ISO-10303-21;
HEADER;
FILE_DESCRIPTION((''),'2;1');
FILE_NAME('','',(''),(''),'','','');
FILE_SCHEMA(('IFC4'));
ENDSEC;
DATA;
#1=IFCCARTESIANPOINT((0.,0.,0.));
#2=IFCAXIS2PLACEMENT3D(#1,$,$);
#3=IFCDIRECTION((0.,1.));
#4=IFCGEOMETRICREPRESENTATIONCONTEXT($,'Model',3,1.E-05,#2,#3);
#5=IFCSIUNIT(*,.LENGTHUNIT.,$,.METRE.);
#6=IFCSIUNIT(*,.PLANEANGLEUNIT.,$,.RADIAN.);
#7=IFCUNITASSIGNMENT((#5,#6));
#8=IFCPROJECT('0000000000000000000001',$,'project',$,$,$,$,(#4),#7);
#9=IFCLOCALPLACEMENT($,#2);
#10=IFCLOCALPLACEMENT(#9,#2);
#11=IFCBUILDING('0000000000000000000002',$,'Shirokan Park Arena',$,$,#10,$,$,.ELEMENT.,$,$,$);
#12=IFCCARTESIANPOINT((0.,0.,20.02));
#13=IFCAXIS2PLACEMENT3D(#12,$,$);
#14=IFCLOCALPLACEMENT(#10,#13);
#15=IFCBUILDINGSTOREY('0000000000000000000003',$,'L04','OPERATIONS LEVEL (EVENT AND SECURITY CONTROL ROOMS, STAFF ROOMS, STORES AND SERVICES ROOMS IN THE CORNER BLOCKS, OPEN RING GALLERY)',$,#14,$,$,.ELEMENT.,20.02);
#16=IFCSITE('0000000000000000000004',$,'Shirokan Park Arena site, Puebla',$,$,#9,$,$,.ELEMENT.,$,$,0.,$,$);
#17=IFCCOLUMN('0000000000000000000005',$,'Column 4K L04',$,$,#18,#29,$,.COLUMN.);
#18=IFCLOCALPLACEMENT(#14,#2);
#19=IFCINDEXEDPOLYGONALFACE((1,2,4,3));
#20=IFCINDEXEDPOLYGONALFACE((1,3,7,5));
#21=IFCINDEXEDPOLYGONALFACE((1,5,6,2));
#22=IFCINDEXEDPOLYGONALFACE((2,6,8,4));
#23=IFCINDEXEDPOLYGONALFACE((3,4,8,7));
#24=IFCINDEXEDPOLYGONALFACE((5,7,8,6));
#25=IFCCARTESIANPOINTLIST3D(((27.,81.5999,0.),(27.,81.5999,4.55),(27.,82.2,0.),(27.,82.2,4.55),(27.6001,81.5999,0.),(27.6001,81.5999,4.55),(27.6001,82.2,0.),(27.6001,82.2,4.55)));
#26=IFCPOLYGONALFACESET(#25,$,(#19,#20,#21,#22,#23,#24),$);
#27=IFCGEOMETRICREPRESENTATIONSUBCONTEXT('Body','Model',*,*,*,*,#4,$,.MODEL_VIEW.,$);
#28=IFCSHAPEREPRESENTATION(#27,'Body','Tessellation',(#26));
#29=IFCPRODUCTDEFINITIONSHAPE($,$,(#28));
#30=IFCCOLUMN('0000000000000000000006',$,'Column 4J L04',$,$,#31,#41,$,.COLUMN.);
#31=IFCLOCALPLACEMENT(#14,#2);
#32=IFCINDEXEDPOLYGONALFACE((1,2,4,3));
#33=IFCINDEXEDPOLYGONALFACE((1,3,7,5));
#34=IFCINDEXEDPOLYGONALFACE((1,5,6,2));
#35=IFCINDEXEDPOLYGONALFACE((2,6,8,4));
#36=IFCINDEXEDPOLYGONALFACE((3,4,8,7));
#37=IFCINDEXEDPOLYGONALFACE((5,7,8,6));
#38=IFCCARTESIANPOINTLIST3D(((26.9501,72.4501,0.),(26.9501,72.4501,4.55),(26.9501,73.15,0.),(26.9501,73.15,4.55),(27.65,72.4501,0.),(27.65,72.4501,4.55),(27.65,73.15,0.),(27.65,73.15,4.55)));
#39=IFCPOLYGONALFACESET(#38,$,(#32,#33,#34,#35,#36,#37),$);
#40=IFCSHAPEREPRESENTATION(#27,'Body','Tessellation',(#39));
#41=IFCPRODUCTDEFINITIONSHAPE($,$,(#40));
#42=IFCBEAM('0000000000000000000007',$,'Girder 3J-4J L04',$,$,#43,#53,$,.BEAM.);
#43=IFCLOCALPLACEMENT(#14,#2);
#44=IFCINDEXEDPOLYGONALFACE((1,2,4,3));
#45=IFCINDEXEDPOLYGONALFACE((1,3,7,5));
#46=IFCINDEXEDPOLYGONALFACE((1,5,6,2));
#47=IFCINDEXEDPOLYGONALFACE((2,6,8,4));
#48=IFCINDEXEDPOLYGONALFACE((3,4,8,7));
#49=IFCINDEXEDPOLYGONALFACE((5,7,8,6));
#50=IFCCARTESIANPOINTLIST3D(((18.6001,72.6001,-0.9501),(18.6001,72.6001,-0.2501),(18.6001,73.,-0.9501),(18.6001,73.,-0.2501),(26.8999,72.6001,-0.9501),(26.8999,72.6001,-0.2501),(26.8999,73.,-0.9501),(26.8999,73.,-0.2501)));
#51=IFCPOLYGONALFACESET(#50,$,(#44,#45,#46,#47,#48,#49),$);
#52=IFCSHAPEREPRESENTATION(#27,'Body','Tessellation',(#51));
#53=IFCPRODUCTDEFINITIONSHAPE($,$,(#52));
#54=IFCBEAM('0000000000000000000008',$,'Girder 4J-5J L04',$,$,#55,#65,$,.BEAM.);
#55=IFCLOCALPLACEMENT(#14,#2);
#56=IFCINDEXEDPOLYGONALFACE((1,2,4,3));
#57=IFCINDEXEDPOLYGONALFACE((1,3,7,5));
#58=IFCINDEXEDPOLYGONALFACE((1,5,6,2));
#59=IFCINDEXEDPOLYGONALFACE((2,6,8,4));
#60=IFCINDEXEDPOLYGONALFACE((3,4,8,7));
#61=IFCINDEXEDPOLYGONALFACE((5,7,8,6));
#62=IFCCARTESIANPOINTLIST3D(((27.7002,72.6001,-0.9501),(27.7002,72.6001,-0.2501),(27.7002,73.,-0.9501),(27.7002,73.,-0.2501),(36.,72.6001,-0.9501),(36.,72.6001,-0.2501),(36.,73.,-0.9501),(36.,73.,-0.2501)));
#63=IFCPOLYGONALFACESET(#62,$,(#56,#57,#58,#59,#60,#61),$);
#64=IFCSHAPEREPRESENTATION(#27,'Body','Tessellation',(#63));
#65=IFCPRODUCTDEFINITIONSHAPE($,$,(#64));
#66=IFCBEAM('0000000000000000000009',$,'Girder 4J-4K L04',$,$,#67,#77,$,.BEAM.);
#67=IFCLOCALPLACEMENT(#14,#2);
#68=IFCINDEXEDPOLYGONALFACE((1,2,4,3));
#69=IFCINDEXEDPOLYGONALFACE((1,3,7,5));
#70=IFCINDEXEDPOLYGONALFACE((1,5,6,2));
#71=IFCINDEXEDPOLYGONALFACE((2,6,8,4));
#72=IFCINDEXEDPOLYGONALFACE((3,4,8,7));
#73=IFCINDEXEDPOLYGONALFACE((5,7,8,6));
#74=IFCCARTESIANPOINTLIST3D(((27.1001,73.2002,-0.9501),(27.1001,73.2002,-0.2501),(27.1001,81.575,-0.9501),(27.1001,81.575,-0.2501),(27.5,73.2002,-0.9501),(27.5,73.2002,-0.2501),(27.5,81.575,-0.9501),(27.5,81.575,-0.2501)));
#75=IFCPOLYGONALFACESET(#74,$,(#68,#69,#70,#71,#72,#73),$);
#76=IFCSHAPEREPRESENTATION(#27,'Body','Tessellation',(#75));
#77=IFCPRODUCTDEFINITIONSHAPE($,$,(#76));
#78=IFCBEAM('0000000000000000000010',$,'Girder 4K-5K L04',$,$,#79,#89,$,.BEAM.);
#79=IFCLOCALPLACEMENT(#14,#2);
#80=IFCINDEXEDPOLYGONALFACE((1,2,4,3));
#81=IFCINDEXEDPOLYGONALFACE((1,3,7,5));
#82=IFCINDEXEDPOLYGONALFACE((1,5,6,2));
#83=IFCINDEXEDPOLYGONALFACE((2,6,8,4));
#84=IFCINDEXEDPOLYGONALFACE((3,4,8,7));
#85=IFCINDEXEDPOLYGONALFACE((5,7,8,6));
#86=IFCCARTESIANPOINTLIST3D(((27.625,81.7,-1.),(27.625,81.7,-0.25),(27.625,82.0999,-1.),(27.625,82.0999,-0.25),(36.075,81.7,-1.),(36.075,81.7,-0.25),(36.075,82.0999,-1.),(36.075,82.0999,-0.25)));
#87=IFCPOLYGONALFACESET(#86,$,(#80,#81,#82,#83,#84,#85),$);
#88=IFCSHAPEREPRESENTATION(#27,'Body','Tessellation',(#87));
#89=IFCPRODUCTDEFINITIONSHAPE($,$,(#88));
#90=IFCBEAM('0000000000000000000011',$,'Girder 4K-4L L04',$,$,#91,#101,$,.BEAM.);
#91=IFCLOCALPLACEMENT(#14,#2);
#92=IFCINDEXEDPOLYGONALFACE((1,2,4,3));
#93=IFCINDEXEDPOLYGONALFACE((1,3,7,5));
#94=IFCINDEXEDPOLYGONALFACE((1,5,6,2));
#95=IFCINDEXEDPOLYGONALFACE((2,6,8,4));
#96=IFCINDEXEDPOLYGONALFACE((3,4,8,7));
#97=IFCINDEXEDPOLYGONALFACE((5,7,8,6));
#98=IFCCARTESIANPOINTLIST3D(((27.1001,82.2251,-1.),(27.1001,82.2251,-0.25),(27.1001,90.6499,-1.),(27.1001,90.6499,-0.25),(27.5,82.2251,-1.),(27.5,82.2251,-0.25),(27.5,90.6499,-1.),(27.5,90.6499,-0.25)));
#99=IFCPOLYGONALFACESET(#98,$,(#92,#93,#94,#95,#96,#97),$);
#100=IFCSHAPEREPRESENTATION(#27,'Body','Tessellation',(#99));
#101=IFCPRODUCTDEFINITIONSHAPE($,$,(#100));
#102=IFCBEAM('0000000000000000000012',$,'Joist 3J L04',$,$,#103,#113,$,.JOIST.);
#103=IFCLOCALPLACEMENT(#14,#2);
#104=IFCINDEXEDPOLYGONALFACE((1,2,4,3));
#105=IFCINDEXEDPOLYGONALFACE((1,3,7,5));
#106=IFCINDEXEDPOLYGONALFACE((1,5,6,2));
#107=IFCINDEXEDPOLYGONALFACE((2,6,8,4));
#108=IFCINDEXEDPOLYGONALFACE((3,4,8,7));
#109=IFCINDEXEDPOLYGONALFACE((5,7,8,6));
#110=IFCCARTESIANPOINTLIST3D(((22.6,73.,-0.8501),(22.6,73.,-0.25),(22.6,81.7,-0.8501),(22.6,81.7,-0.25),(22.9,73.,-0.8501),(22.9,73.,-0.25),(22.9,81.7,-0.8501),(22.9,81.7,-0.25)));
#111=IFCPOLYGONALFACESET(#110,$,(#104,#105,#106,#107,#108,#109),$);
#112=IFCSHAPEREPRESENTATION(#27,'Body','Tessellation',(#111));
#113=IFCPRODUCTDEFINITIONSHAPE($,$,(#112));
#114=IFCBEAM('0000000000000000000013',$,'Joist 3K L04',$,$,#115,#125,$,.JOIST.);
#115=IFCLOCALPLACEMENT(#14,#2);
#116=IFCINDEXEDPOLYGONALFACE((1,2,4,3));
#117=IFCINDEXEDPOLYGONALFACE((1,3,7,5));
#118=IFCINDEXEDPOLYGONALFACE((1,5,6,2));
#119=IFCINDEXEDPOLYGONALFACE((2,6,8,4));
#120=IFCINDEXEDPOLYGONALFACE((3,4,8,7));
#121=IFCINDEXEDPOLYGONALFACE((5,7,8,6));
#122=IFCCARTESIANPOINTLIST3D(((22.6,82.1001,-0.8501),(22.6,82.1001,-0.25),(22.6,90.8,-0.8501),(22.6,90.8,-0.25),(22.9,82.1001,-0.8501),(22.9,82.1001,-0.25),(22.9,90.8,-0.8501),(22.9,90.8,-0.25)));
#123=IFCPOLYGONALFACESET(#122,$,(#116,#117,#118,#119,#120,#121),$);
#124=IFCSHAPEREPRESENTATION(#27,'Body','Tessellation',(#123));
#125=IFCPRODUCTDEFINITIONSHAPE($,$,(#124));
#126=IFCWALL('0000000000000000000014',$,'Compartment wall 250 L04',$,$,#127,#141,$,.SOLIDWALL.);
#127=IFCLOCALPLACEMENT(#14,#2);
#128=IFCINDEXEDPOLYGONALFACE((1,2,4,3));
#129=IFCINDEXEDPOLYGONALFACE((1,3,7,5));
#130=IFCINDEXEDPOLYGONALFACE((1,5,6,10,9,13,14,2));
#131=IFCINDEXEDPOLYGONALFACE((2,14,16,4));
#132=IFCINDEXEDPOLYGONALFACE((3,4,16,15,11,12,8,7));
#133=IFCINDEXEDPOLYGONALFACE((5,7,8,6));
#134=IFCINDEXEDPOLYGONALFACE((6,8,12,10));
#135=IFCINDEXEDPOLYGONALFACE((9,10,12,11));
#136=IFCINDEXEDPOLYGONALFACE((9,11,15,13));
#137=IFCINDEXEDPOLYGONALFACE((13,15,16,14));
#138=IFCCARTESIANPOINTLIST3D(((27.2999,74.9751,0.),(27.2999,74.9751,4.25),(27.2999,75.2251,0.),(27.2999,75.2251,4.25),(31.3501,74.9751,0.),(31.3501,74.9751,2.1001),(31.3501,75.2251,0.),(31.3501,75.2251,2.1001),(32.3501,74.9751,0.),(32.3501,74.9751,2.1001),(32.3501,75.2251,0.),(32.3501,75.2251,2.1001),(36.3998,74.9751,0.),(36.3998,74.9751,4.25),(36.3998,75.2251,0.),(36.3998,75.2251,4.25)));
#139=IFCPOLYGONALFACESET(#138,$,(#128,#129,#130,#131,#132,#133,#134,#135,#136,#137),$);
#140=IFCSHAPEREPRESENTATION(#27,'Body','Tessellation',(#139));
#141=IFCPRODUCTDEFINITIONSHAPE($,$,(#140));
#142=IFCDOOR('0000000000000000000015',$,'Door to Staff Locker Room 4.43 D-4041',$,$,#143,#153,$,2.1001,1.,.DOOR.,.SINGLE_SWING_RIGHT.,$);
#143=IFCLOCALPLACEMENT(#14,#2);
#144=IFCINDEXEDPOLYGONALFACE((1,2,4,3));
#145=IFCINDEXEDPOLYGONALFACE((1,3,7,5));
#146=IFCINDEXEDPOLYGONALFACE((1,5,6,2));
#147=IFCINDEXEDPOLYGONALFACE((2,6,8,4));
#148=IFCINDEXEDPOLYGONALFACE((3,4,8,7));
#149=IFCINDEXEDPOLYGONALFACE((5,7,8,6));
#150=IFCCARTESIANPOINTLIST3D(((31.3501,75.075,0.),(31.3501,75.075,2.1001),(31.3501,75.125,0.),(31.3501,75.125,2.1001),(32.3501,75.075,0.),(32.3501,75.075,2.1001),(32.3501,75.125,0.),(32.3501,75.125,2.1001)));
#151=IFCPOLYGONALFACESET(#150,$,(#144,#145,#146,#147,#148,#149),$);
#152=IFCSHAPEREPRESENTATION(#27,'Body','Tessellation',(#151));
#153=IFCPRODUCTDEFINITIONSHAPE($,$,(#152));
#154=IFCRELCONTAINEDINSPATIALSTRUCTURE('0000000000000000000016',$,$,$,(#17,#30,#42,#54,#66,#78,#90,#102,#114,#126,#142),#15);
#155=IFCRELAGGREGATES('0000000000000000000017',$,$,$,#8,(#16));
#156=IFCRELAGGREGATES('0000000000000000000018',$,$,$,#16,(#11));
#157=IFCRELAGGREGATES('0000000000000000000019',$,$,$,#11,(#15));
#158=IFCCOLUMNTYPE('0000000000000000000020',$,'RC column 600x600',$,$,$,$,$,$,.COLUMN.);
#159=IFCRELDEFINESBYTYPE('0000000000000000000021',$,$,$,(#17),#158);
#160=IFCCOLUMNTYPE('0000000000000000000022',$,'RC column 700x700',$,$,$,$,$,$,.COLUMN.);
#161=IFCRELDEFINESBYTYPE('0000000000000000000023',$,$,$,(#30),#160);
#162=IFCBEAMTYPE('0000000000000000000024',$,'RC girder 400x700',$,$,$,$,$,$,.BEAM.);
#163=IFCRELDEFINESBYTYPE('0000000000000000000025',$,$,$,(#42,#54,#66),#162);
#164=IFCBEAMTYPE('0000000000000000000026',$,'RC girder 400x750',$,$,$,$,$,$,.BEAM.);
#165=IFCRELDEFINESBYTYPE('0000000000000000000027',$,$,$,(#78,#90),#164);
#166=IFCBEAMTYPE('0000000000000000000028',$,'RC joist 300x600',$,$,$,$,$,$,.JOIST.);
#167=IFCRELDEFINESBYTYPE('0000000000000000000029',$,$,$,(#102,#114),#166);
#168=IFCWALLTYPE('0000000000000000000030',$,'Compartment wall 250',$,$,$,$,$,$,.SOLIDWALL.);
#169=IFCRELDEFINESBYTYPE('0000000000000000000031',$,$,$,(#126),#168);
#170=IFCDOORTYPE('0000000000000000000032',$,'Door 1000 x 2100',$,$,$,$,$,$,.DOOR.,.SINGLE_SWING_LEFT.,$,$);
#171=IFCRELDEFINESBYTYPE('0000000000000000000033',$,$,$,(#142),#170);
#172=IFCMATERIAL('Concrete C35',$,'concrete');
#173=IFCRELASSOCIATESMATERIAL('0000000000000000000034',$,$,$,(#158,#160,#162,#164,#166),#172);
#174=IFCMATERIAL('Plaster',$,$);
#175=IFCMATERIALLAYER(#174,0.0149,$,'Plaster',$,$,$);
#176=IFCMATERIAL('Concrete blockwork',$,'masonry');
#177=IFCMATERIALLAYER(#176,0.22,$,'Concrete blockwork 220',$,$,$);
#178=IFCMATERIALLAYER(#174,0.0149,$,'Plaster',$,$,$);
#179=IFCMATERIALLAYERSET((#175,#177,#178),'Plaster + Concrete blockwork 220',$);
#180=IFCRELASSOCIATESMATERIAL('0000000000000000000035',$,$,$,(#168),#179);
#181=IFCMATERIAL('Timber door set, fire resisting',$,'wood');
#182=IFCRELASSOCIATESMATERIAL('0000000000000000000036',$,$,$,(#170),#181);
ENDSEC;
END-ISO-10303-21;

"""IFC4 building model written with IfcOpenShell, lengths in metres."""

from ifc_helpers import new_model, si_unit, direction, frame, frame_2d, origin, origin_2d, place, context, subcontext, project, spatial, rectangle, extrude, material, layer, layer_set, material_profile, profile_set, type_object, element, fill, save


model = new_model("IFC4")

# Units and contexts
model_context = context("Model", 3, precision=1e-05, world=origin(), true_north=direction((0.0, 1.0)))
body_context = subcontext(model_context, "Body", "Model", "MODEL_VIEW")
ifc_project = project(units=[si_unit("LENGTHUNIT", "METRE"), si_unit("PLANEANGLEUNIT", "RADIAN")], contexts=[model_context])

# Site, building, storey
site_placement = place(None, origin())
site = spatial("IfcSite", under=ifc_project, at=site_placement, Name="Shirokan Park Arena site, Puebla", CompositionType="ELEMENT", RefElevation=0.0)
building_placement = place(site_placement, origin())
building = spatial("IfcBuilding", under=site, at=building_placement, Name="Shirokan Park Arena", CompositionType="ELEMENT")
storey_placement = place(building_placement, frame((0.0, 0.0, 20.02)))
storey = spatial("IfcBuildingStorey", under=building, at=storey_placement, Name="L04", Description="OPERATIONS LEVEL (EVENT AND SECURITY CONTROL ROOMS, STAFF ROOMS, STORES AND SERVICES ROOMS IN THE CORNER BLOCKS, OPEN RING GALLERY)", CompositionType="ELEMENT", Elevation=20.02)

# Columns
ifc_material_1 = material(Name="Concrete C35", Category="concrete")
ifc_material_profile_1 = material_profile(ifc_material_1, rectangle(XDim=0.6001, YDim=0.6001, at=origin_2d()), Name="600x600")
ifc_profile_set_1 = profile_set([ifc_material_profile_1], Name="Concrete C35")
column_type_1 = type_object("IfcColumnType", Name="RC column 600x600", PredefinedType="COLUMN", material=ifc_profile_set_1)
column_1_placement = place(storey_placement, frame((27.3, 81.8999, 0.0), z_axis=(0.0, 0.0, 1.0), x_axis=(1.0, 0.0, 0.0)))
element("IfcColumn", 1, at=column_1_placement, inside=storey, type_object=column_type_1, Name="Column 4K L04", PredefinedType="COLUMN", context=body_context, shape_type="SweptSolid", body=[
    extrude(rectangle(XDim=0.6001, YDim=0.6001, at=origin_2d()), origin(), (0.0, 0.0, 1.0), 4.55),
])
ifc_material_profile_2 = material_profile(ifc_material_1, rectangle(XDim=0.7, YDim=0.7, at=origin_2d()), Name="700x700")
ifc_profile_set_2 = profile_set([ifc_material_profile_2], Name="Concrete C35")
column_type_2 = type_object("IfcColumnType", Name="RC column 700x700", PredefinedType="COLUMN", material=ifc_profile_set_2)
column_2_placement = place(storey_placement, frame((27.3, 72.8, 0.0), z_axis=(0.0, 0.0, 1.0), x_axis=(1.0, 0.0, 0.0)))
element("IfcColumn", 2, at=column_2_placement, inside=storey, type_object=column_type_2, Name="Column 4J L04", PredefinedType="COLUMN", context=body_context, shape_type="SweptSolid", body=[
    extrude(rectangle(XDim=0.7, YDim=0.7, at=origin_2d()), origin(), (0.0, 0.0, 1.0), 4.55),
])

# Beams
ifc_material_profile_3 = material_profile(ifc_material_1, rectangle(XDim=0.3999, YDim=0.7, at=origin_2d()), Name="400x700")
ifc_profile_set_3 = profile_set([ifc_material_profile_3], Name="Concrete C35")
beam_type_1 = type_object("IfcBeamType", Name="RC girder 400x700", PredefinedType="BEAM", material=ifc_profile_set_3)
for number, where, z_axis, x_axis, name in (
    (3, (18.6001, 72.8, -0.6001), (1.0, 0.0, 0.0), (0.0, 1.0, 0.0), "Girder 3J-4J L04"),
    (4, (27.7002, 72.8, -0.6001), (1.0, 0.0, 0.0), (0.0, 1.0, 0.0), "Girder 4J-5J L04"),
):
    element("IfcBeam", number, at=place(storey_placement, frame(where, z_axis=z_axis, x_axis=x_axis)), inside=storey, type_object=beam_type_1, Name=name, PredefinedType="BEAM", context=body_context, shape_type="SweptSolid", body=[
        extrude(rectangle(XDim=0.3999, YDim=0.7, at=origin_2d()), origin(), (0.0, 0.0, 1.0), 8.2998),
    ])
beam_1_placement = place(storey_placement, frame((27.3, 73.2002, -0.6001), z_axis=(0.0, 1.0, 0.0), x_axis=(-1.0, 0.0, 0.0)))
element("IfcBeam", 5, at=beam_1_placement, inside=storey, type_object=beam_type_1, Name="Girder 4J-4K L04", PredefinedType="BEAM", context=body_context, shape_type="SweptSolid", body=[
    extrude(rectangle(XDim=0.3999, YDim=0.7, at=origin_2d()), origin(), (0.0, 0.0, 1.0), 8.3748),
])
ifc_material_profile_4 = material_profile(ifc_material_1, rectangle(XDim=0.3999, YDim=0.75, at=origin_2d()), Name="400x750")
ifc_profile_set_4 = profile_set([ifc_material_profile_4], Name="Concrete C35")
beam_type_2 = type_object("IfcBeamType", Name="RC girder 400x750", PredefinedType="BEAM", material=ifc_profile_set_4)
beam_2_placement = place(storey_placement, frame((27.625, 81.8999, -0.625), z_axis=(1.0, 0.0, 0.0), x_axis=(0.0, 1.0, 0.0)))
element("IfcBeam", 6, at=beam_2_placement, inside=storey, type_object=beam_type_2, Name="Girder 4K-5K L04", PredefinedType="BEAM", context=body_context, shape_type="SweptSolid", body=[
    extrude(rectangle(XDim=0.3999, YDim=0.75, at=origin_2d()), origin(), (0.0, 0.0, 1.0), 8.45),
])
beam_3_placement = place(storey_placement, frame((27.3, 82.2251, -0.625), z_axis=(0.0, 1.0, 0.0), x_axis=(-1.0, 0.0, 0.0)))
element("IfcBeam", 7, at=beam_3_placement, inside=storey, type_object=beam_type_2, Name="Girder 4K-4L L04", PredefinedType="BEAM", context=body_context, shape_type="SweptSolid", body=[
    extrude(rectangle(XDim=0.3999, YDim=0.75, at=origin_2d()), origin(), (0.0, 0.0, 1.0), 8.4248),
])
ifc_material_profile_5 = material_profile(ifc_material_1, rectangle(XDim=0.3, YDim=0.6001, at=origin_2d()), Name="300x600")
ifc_profile_set_5 = profile_set([ifc_material_profile_5], Name="Concrete C35")
beam_type_3 = type_object("IfcBeamType", Name="RC joist 300x600", PredefinedType="JOIST", material=ifc_profile_set_5)
for number, where, z_axis, x_axis, name in (
    (8, (22.75, 73.0, -0.55), (0.0, 1.0, 0.0), (-1.0, 0.0, 0.0), "Joist 3J L04"),
    (9, (22.75, 82.1001, -0.55), (0.0, 1.0, 0.0), (-1.0, 0.0, 0.0), "Joist 3K L04"),
):
    element("IfcBeam", number, at=place(storey_placement, frame(where, z_axis=z_axis, x_axis=x_axis)), inside=storey, type_object=beam_type_3, Name=name, PredefinedType="JOIST", context=body_context, shape_type="SweptSolid", body=[
        extrude(rectangle(XDim=0.3, YDim=0.6001, at=origin_2d()), origin(), (0.0, 0.0, 1.0), 8.7),
    ])

# Wall, opening, door
ifc_material_2 = material(Name="Plaster")
ifc_layer_1 = layer(ifc_material_2, 0.0149, Name="Plaster")
ifc_material_3 = material(Name="Concrete blockwork", Category="masonry")
ifc_layer_2 = layer(ifc_material_3, 0.22, Name="Concrete blockwork 220")
ifc_layer_3 = layer(ifc_material_2, 0.0149, Name="Plaster")
ifc_layer_set_1 = layer_set([ifc_layer_1, ifc_layer_2, ifc_layer_3], Name="Plaster + Concrete blockwork 220")
wall_type_1 = type_object("IfcWallType", Name="Compartment wall 250", PredefinedType="SOLIDWALL", material=ifc_layer_set_1)
wall_1_placement = place(storey_placement, frame((27.3, 75.1001, 0.0), z_axis=(0.0, 0.0, 1.0), x_axis=(1.0, 0.0, 0.0)))
wall_1 = element("IfcWall", 10, at=wall_1_placement, inside=storey, type_object=wall_type_1, Name="Compartment wall 250 L04", PredefinedType="SOLIDWALL", context=body_context, shape_type="SweptSolid", body=[
    extrude(rectangle(XDim=9.0999, YDim=0.25, at=frame_2d((4.5498, 0.0))), origin(), (0.0, 0.0, 1.0), 4.25),
])
opening_1_placement = place(wall_1_placement, frame((4.05, 0.0, 0.0)))
opening_1 = element("IfcOpeningElement", 11, at=opening_1_placement, cuts=wall_1, PredefinedType="OPENING", context=body_context, shape_type="SweptSolid", body=[
    extrude(rectangle(XDim=1.0, YDim=2.1001, at=frame_2d((0.5, 1.05))), frame((0.0, 0.135, 0.0), z_axis=(0.0, -1.0, 0.0), x_axis=(1.0, 0.0, 0.0)), (0.0, 0.0, 1.0), 0.27),
])
ifc_material_4 = material(Name="Timber door set, fire resisting", Category="wood")
door_type_1 = type_object("IfcDoorType", Name="Door 1000 x 2100", OperationType="SINGLE_SWING_LEFT", PredefinedType="DOOR", material=ifc_material_4)
door_1_placement = place(opening_1_placement, origin())
door_1 = element("IfcDoor", 12, at=door_1_placement, inside=storey, type_object=door_type_1, Name="Door to Staff Locker Room 4.43 D-4041", OperationType="SINGLE_SWING_RIGHT", OverallHeight=2.1001, OverallWidth=1.0, PredefinedType="DOOR", context=body_context, shape_type="SweptSolid", body=[
    extrude(rectangle(XDim=1.0, YDim=2.1001, at=frame_2d((0.5, 1.05))), frame((0.0, 0.0249, 0.0), z_axis=(0.0, -1.0, 0.0), x_axis=(1.0, 0.0, 0.0)), (0.0, 0.0, 1.0), 0.05),
])
fill(opening_1, door_1)

save(model, "model.ifc")
